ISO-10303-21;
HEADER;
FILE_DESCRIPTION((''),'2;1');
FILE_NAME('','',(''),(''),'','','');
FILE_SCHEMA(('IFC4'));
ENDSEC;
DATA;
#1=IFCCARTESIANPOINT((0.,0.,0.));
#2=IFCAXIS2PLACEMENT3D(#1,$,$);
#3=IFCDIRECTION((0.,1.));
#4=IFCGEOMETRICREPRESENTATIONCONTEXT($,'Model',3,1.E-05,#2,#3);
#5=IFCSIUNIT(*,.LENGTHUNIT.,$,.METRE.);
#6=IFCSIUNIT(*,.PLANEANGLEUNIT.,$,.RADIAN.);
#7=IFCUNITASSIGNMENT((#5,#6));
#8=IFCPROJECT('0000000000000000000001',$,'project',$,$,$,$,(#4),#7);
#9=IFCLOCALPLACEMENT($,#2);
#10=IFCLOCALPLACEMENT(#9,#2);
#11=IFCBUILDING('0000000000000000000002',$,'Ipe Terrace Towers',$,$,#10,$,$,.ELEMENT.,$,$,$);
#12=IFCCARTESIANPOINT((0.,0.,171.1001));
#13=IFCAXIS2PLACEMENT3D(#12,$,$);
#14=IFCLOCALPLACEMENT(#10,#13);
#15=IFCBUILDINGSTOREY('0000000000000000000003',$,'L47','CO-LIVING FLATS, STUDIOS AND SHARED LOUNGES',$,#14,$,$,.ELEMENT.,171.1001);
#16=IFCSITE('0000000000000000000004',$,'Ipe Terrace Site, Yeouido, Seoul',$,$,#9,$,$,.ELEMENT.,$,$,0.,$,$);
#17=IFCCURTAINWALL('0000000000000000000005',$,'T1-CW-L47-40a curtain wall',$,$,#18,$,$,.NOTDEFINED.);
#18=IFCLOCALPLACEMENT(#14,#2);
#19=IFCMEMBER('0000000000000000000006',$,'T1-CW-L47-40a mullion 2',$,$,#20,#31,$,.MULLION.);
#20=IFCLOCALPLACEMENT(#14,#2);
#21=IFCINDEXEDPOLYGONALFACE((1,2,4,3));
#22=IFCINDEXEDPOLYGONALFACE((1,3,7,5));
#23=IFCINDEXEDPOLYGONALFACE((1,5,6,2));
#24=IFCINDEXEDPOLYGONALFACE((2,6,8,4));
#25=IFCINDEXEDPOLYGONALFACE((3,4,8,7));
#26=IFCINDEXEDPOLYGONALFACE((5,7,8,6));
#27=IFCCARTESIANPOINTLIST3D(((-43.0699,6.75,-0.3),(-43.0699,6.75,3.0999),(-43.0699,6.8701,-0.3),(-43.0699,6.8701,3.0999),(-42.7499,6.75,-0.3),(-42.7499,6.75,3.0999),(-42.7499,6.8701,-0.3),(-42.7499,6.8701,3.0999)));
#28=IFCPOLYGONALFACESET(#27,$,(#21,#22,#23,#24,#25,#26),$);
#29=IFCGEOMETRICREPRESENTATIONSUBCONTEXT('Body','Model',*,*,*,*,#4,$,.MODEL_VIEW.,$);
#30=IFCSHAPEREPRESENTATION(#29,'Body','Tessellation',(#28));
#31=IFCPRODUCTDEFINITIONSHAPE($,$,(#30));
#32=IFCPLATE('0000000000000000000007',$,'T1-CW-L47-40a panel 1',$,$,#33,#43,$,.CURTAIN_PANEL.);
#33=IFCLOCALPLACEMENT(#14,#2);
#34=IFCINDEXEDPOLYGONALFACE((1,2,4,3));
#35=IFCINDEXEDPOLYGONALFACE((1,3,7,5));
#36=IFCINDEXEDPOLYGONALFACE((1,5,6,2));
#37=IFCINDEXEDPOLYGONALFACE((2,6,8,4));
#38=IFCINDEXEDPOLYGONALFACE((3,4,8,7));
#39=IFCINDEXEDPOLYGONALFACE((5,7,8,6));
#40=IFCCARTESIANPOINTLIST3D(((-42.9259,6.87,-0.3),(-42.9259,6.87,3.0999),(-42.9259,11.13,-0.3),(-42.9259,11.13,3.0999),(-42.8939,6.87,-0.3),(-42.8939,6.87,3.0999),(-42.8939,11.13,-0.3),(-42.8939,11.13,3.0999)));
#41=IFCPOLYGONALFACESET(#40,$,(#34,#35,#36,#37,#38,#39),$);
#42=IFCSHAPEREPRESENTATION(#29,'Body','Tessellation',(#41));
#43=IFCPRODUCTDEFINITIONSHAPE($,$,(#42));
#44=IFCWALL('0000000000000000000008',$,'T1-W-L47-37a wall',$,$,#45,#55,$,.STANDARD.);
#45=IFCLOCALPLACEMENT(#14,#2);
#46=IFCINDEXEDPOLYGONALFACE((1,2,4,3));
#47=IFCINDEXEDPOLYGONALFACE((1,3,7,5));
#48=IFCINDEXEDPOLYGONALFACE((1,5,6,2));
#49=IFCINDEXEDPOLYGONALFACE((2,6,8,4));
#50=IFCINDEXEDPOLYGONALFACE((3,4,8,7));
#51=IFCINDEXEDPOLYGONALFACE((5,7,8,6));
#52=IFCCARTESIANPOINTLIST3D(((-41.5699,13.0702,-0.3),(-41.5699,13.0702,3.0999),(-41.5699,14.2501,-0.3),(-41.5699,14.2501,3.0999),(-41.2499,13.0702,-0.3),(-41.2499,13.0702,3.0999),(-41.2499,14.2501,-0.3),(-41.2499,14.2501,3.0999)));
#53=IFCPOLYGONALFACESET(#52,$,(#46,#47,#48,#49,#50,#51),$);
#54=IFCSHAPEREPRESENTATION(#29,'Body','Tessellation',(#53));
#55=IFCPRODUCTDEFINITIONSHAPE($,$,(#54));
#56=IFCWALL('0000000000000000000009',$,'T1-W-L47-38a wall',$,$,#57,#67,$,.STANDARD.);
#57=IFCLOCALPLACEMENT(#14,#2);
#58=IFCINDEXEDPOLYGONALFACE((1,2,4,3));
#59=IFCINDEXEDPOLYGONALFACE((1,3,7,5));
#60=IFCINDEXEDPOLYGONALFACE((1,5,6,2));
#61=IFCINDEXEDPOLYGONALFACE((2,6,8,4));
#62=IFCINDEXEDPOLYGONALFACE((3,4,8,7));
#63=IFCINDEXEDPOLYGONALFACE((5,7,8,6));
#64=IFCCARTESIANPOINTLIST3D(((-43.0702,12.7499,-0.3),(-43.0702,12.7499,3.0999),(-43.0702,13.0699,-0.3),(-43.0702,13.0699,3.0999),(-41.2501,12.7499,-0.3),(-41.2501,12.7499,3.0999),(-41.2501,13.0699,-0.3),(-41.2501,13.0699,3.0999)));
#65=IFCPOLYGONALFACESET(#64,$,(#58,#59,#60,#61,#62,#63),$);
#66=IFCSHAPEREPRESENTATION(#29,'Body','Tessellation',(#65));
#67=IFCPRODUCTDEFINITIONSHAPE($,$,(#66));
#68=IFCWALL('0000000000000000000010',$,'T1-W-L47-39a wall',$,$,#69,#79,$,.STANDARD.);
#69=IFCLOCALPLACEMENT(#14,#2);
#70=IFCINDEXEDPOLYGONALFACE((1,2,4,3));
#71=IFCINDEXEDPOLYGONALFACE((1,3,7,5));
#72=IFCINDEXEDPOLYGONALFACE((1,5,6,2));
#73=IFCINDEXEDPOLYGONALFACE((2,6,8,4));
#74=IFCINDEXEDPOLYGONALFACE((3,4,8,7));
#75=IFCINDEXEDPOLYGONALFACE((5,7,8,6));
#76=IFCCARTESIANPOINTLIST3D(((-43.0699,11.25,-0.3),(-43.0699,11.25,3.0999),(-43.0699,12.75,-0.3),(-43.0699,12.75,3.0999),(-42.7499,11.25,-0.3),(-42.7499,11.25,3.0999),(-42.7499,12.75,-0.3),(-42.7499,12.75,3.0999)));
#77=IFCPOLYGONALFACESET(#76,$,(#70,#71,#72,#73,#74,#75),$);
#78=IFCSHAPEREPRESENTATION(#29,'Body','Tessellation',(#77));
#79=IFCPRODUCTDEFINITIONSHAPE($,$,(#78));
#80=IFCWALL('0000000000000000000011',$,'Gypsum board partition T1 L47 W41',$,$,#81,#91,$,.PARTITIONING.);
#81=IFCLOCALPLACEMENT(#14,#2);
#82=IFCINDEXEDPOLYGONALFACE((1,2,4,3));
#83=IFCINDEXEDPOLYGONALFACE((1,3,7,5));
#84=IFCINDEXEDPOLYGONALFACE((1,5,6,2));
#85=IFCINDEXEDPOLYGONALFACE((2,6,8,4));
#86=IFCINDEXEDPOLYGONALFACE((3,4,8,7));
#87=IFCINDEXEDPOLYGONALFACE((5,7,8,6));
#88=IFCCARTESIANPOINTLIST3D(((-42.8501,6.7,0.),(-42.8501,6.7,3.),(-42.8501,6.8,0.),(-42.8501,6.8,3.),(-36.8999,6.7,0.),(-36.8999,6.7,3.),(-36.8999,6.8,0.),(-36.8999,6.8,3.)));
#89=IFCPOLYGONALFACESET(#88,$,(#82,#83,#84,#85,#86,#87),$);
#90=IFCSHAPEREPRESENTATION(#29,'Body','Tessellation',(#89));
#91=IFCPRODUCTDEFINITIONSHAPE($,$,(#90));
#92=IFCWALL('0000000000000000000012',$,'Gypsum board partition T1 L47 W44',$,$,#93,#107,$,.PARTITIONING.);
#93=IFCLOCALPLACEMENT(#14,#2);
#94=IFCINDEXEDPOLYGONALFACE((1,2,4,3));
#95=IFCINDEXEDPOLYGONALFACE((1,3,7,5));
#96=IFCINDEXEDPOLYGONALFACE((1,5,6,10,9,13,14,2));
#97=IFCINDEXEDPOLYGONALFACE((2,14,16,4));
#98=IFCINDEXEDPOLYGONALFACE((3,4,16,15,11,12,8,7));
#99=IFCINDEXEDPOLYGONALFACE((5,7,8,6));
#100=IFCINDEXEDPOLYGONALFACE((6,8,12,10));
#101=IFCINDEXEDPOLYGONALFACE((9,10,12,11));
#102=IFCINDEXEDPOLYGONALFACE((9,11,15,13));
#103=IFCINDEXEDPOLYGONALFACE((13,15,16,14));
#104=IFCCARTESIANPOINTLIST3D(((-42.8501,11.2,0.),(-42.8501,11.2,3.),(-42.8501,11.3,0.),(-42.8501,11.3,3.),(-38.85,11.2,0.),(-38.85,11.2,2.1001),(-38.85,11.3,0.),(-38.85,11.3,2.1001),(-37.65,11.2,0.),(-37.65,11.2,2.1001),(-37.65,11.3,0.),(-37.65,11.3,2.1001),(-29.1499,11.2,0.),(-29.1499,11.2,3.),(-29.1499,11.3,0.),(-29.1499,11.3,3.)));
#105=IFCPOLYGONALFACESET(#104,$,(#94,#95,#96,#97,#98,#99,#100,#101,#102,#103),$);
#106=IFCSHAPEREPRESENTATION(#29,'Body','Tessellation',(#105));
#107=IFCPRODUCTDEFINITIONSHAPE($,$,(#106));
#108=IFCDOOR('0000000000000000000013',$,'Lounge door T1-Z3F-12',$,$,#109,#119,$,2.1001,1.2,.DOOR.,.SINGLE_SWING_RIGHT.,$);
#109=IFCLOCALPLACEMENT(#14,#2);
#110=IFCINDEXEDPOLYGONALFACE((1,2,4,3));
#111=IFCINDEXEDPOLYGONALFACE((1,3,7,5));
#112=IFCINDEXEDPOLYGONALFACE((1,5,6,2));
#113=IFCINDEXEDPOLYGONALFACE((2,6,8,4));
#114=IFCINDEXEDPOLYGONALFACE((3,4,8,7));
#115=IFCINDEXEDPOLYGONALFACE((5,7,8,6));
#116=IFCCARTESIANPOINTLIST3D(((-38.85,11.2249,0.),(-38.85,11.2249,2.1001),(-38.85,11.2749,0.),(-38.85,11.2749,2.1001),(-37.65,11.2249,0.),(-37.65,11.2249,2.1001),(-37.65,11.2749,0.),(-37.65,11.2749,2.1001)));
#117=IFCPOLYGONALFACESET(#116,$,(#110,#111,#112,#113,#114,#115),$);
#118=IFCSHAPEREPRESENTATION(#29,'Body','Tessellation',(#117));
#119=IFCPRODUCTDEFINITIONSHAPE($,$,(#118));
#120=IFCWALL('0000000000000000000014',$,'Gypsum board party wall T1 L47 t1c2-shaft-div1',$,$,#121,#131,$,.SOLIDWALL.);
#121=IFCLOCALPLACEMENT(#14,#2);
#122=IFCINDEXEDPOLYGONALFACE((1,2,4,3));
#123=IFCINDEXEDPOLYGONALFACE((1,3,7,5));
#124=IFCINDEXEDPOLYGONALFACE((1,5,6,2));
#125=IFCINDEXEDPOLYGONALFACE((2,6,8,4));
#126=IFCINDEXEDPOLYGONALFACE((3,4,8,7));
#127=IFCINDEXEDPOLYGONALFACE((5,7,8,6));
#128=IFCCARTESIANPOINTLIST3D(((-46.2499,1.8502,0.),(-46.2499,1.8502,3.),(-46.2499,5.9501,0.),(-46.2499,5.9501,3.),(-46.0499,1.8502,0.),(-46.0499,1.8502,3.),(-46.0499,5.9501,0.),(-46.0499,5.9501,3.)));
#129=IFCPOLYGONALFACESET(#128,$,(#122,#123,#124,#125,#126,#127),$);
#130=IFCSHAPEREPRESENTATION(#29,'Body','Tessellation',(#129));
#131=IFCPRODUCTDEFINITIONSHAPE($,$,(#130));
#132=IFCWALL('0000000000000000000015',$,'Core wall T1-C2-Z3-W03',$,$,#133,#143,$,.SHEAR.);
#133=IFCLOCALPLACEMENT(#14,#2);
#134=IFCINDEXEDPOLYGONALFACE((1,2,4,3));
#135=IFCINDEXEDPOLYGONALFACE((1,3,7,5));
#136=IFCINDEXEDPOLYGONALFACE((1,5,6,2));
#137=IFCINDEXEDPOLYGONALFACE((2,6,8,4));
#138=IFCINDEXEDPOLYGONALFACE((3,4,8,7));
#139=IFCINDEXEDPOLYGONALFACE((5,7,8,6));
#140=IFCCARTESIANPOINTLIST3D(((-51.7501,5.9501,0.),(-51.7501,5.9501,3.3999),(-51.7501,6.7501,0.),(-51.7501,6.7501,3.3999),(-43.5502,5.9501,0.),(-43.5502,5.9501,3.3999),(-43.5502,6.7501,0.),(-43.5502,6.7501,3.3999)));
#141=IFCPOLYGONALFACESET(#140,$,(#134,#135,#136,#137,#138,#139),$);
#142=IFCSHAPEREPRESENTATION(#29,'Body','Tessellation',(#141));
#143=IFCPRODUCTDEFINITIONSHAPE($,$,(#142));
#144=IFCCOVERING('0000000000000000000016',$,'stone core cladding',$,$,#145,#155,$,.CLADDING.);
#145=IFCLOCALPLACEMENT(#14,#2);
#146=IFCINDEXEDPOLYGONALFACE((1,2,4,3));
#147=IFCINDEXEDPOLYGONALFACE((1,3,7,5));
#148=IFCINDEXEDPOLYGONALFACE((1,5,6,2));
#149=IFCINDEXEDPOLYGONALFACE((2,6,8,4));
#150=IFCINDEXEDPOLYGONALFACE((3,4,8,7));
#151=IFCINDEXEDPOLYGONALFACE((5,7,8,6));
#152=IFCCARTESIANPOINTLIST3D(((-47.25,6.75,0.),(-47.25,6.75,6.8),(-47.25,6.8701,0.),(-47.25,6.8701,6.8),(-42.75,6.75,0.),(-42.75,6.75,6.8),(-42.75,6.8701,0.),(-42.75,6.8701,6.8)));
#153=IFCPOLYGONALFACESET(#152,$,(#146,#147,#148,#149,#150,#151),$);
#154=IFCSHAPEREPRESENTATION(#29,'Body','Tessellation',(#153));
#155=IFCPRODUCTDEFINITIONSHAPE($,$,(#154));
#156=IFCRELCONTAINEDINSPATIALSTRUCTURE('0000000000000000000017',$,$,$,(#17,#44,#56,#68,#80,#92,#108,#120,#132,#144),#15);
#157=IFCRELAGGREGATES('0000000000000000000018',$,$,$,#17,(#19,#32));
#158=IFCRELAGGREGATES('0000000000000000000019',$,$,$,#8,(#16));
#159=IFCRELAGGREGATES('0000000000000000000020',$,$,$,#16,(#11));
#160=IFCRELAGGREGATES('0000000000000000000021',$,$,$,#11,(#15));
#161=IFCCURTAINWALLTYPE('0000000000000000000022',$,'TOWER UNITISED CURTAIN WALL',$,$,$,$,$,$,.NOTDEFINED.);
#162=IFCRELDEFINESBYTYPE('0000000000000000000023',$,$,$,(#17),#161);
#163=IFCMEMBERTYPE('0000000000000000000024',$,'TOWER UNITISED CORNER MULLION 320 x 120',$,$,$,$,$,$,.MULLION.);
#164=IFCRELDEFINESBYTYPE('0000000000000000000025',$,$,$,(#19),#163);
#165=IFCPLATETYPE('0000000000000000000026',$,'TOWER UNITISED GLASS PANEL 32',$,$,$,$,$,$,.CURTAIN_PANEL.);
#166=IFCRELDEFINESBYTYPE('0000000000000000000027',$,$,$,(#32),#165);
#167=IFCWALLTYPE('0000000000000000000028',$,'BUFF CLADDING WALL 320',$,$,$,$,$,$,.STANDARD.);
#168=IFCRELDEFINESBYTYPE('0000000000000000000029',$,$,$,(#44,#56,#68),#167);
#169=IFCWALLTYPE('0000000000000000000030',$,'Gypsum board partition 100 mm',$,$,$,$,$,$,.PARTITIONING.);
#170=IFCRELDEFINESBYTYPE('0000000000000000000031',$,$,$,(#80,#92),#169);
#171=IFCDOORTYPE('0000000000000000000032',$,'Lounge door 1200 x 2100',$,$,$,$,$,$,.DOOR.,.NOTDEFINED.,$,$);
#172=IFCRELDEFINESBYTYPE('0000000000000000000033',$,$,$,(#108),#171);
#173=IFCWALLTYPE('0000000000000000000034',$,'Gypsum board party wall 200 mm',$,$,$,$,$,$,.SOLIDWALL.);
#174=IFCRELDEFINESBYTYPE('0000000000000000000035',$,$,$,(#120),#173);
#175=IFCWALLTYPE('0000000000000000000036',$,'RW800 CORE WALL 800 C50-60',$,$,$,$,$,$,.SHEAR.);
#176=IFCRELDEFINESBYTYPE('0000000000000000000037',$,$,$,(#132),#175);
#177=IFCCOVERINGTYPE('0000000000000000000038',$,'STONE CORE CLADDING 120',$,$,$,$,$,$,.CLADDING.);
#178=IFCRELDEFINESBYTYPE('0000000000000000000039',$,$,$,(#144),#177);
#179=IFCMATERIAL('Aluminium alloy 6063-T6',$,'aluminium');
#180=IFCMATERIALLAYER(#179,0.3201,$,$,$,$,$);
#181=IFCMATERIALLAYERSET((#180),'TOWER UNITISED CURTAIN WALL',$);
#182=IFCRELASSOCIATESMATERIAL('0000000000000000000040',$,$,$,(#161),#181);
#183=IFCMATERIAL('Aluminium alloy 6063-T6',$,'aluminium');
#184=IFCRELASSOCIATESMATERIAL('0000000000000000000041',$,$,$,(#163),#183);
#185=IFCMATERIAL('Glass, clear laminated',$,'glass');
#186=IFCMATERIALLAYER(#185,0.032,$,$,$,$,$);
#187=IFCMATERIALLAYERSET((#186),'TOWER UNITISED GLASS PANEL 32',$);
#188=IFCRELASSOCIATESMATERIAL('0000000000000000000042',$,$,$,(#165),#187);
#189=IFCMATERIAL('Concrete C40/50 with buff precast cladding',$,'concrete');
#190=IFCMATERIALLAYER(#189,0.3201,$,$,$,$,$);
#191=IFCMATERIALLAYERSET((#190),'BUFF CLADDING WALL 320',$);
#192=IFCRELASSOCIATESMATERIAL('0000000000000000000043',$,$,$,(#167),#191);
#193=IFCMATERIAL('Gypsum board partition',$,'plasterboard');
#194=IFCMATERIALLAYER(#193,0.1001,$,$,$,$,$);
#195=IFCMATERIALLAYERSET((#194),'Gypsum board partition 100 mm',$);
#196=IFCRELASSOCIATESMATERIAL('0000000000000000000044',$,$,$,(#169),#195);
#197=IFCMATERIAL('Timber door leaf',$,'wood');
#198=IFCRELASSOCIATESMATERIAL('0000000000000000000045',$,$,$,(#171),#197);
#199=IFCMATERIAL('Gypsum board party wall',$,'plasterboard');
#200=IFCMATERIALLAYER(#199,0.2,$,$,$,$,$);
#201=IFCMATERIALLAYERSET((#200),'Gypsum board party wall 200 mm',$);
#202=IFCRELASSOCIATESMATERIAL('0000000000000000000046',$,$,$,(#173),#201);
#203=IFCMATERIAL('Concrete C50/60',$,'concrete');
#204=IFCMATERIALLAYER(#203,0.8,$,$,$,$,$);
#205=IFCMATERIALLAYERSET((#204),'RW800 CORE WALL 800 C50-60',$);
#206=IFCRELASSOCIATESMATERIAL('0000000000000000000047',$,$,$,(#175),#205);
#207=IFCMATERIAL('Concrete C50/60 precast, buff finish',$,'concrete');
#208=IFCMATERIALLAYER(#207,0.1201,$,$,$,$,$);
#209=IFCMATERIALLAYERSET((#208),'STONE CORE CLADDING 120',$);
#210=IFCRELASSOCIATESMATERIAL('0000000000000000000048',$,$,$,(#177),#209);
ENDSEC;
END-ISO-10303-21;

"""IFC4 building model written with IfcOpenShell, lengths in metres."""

from ifc_helpers import new_model, si_unit, direction, frame, frame_2d, origin, origin_2d, place, context, subcontext, project, spatial, rectangle, extrude, material, layer, layer_set, material_profile, profile_set, type_object, element, fill, aggregate, save


model = new_model("IFC4")

# Units and contexts
model_context = context("Model", 3, precision=1e-05, world=origin(), true_north=direction((0.0, 1.0)))
body_context = subcontext(model_context, "Body", "Model", "MODEL_VIEW")
ifc_project = project(units=[si_unit("LENGTHUNIT", "METRE"), si_unit("PLANEANGLEUNIT", "RADIAN")], contexts=[model_context])

# Site, building, storey
site_placement = place(None, origin())
site = spatial("IfcSite", under=ifc_project, at=site_placement, Name="Ipe Terrace Site, Yeouido, Seoul", CompositionType="ELEMENT", RefElevation=0.0)
building_placement = place(site_placement, origin())
building = spatial("IfcBuilding", under=site, at=building_placement, Name="Ipe Terrace Towers", CompositionType="ELEMENT")
storey_placement = place(building_placement, frame((0.0, 0.0, 171.1001)))
storey = spatial("IfcBuildingStorey", under=building, at=storey_placement, Name="L47", Description="CO-LIVING FLATS, STUDIOS AND SHARED LOUNGES", CompositionType="ELEMENT", Elevation=171.1001)

# Curtain wall, member, plate
ifc_material_1 = material(Name="Aluminium alloy 6063-T6", Category="aluminium")
ifc_layer_1 = layer(ifc_material_1, 0.3201)
ifc_layer_set_1 = layer_set([ifc_layer_1], Name="TOWER UNITISED CURTAIN WALL")
curtain_wall_type = type_object("IfcCurtainWallType", Name="TOWER UNITISED CURTAIN WALL", PredefinedType="NOTDEFINED", material=ifc_layer_set_1)
curtain_wall_placement = place(storey_placement, origin())
curtain_wall = element("IfcCurtainWall", 1, at=curtain_wall_placement, inside=storey, type_object=curtain_wall_type, Name="T1-CW-L47-40a curtain wall", PredefinedType="NOTDEFINED")
ifc_material_2 = material(Name="Aluminium alloy 6063-T6", Category="aluminium")
ifc_material_profile_1 = material_profile(ifc_material_2, rectangle(XDim=0.3201, YDim=0.1201, at=origin_2d()), Name="TOWER UNITISED CORNER MULLION 320 x 120")
ifc_profile_set_1 = profile_set([ifc_material_profile_1], Name="Aluminium alloy 6063-T6")
member_type = type_object("IfcMemberType", Name="TOWER UNITISED CORNER MULLION 320 x 120", PredefinedType="MULLION", material=ifc_profile_set_1)
member_1_placement = place(storey_placement, frame((-42.9099, 6.8101, -0.3), z_axis=(0.0, 0.0, 1.0), x_axis=(-1.0, 0.0, 0.0)))
member_1 = element("IfcMember", 2, at=member_1_placement, type_object=member_type, Name="T1-CW-L47-40a mullion 2", PredefinedType="MULLION", context=body_context, shape_type="SweptSolid", body=[
    extrude(rectangle(XDim=0.3201, YDim=0.1201, at=origin_2d()), origin(), (0.0, 0.0, 1.0), 3.3999),
])
ifc_material_3 = material(Name="Glass, clear laminated", Category="glass")
ifc_layer_2 = layer(ifc_material_3, 0.032)
ifc_layer_set_2 = layer_set([ifc_layer_2], Name="TOWER UNITISED GLASS PANEL 32")
plate_type = type_object("IfcPlateType", Name="TOWER UNITISED GLASS PANEL 32", PredefinedType="CURTAIN_PANEL", material=ifc_layer_set_2)
plate_placement = place(storey_placement, frame((-42.9099, 9.0, -0.3), z_axis=(0.0, 0.0, 1.0), x_axis=(0.0, -1.0, 0.0)))
plate = element("IfcPlate", 3, at=plate_placement, type_object=plate_type, Name="T1-CW-L47-40a panel 1", PredefinedType="CURTAIN_PANEL", context=body_context, shape_type="SweptSolid", body=[
    extrude(rectangle(XDim=4.26, YDim=0.032, at=origin_2d()), origin(), (0.0, 0.0, 1.0), 3.3999),
])
aggregate(curtain_wall, [member_1, plate])

# Walls
ifc_material_4 = material(Name="Concrete C40/50 with buff precast cladding", Category="concrete")
ifc_layer_3 = layer(ifc_material_4, 0.3201)
ifc_layer_set_3 = layer_set([ifc_layer_3], Name="BUFF CLADDING WALL 320")
wall_type_1 = type_object("IfcWallType", Name="BUFF CLADDING WALL 320", PredefinedType="STANDARD", material=ifc_layer_set_3)
wall_1_placement = place(storey_placement, frame((-41.4099, 14.25, -0.3), z_axis=(0.0, 0.0, 1.0), x_axis=(0.0, -1.0, 0.0)))
element("IfcWall", 4, at=wall_1_placement, inside=storey, type_object=wall_type_1, Name="T1-W-L47-37a wall", PredefinedType="STANDARD", context=body_context, shape_type="SweptSolid", body=[
    extrude(rectangle(XDim=1.1799, YDim=0.3201, at=frame_2d((0.5898, 0.0))), origin(), (0.0, 0.0, 1.0), 3.3999),
])
wall_2_placement = place(storey_placement, frame((-41.25, 12.9099, -0.3), z_axis=(0.0, 0.0, 1.0), x_axis=(-1.0, 0.0, 0.0)))
element("IfcWall", 5, at=wall_2_placement, inside=storey, type_object=wall_type_1, Name="T1-W-L47-38a wall", PredefinedType="STANDARD", context=body_context, shape_type="SweptSolid", body=[
    extrude(rectangle(XDim=1.8201, YDim=0.3201, at=frame_2d((0.9102, 0.0))), origin(), (0.0, 0.0, 1.0), 3.3999),
])
wall_3_placement = place(storey_placement, frame((-42.9099, 12.75, -0.3), z_axis=(0.0, 0.0, 1.0), x_axis=(0.0, -1.0, 0.0)))
element("IfcWall", 6, at=wall_3_placement, inside=storey, type_object=wall_type_1, Name="T1-W-L47-39a wall", PredefinedType="STANDARD", context=body_context, shape_type="SweptSolid", body=[
    extrude(rectangle(XDim=1.5, YDim=0.3201, at=frame_2d((0.75, 0.0))), origin(), (0.0, 0.0, 1.0), 3.3999),
])
ifc_material_5 = material(Name="Gypsum board partition", Category="plasterboard")
ifc_layer_4 = layer(ifc_material_5, 0.1001)
ifc_layer_set_4 = layer_set([ifc_layer_4], Name="Gypsum board partition 100 mm")
wall_type_2 = type_object("IfcWallType", Name="Gypsum board partition 100 mm", PredefinedType="PARTITIONING", material=ifc_layer_set_4)
wall_4_placement = place(storey_placement, frame((-42.8501, 6.75, 0.0), z_axis=(0.0, 0.0, 1.0), x_axis=(1.0, 0.0, 0.0)))
element("IfcWall", 7, at=wall_4_placement, inside=storey, type_object=wall_type_2, Name="Gypsum board partition T1 L47 W41", PredefinedType="PARTITIONING", context=body_context, shape_type="SweptSolid", body=[
    extrude(rectangle(XDim=5.9502, YDim=0.1001, at=frame_2d((2.9751, 0.0))), origin(), (0.0, 0.0, 1.0), 3.0),
])

# Wall, opening, door
wall_5_placement = place(storey_placement, frame((-42.8501, 11.25, 0.0), z_axis=(0.0, 0.0, 1.0), x_axis=(1.0, 0.0, 0.0)))
wall_5 = element("IfcWall", 8, at=wall_5_placement, inside=storey, type_object=wall_type_2, Name="Gypsum board partition T1 L47 W44", PredefinedType="PARTITIONING", context=body_context, shape_type="SweptSolid", body=[
    extrude(rectangle(XDim=13.7002, YDim=0.1001, at=frame_2d((6.8501, 0.0))), origin(), (0.0, 0.0, 1.0), 3.0),
])
opening_placement = place(wall_5_placement, frame((4.0, 0.0, 0.0)))
opening = element("IfcOpeningElement", 9, at=opening_placement, cuts=wall_5, PredefinedType="OPENING", context=body_context, shape_type="SweptSolid", body=[
    extrude(rectangle(XDim=1.2, YDim=2.1001, at=frame_2d((0.6001, 1.05))), frame((0.0, 0.0601, 0.0), z_axis=(0.0, -1.0, 0.0), x_axis=(1.0, 0.0, 0.0)), (0.0, 0.0, 1.0), 0.1201),
])
ifc_material_6 = material(Name="Timber door leaf", Category="wood")
door_type = type_object("IfcDoorType", Name="Lounge door 1200 x 2100", OperationType="NOTDEFINED", PredefinedType="DOOR", material=ifc_material_6)
door_placement = place(opening_placement, origin())
door = element("IfcDoor", 10, at=door_placement, inside=storey, type_object=door_type, Name="Lounge door T1-Z3F-12", OperationType="SINGLE_SWING_RIGHT", OverallHeight=2.1001, OverallWidth=1.2, PredefinedType="DOOR", context=body_context, shape_type="SweptSolid", body=[
    extrude(rectangle(XDim=1.2, YDim=2.1001, at=frame_2d((0.6001, 1.05))), frame((0.0, 0.0249, 0.0), z_axis=(0.0, -1.0, 0.0), x_axis=(1.0, 0.0, 0.0)), (0.0, 0.0, 1.0), 0.05),
])
fill(opening, door)

# Walls
ifc_material_7 = material(Name="Gypsum board party wall", Category="plasterboard")
ifc_layer_5 = layer(ifc_material_7, 0.2)
ifc_layer_set_5 = layer_set([ifc_layer_5], Name="Gypsum board party wall 200 mm")
wall_type_3 = type_object("IfcWallType", Name="Gypsum board party wall 200 mm", PredefinedType="SOLIDWALL", material=ifc_layer_set_5)
wall_6_placement = place(storey_placement, frame((-46.1499, 5.95, 0.0), z_axis=(0.0, 0.0, 1.0), x_axis=(0.0, -1.0, 0.0)))
element("IfcWall", 11, at=wall_6_placement, inside=storey, type_object=wall_type_3, Name="Gypsum board party wall T1 L47 t1c2-shaft-div1", PredefinedType="SOLIDWALL", context=body_context, shape_type="SweptSolid", body=[
    extrude(rectangle(XDim=4.0999, YDim=0.2, at=frame_2d((2.0498, 0.0))), origin(), (0.0, 0.0, 1.0), 3.0),
])
ifc_material_8 = material(Name="Concrete C50/60", Category="concrete")
ifc_layer_6 = layer(ifc_material_8, 0.8)
ifc_layer_set_6 = layer_set([ifc_layer_6], Name="RW800 CORE WALL 800 C50-60")
wall_type_4 = type_object("IfcWallType", Name="RW800 CORE WALL 800 C50-60", PredefinedType="SHEAR", material=ifc_layer_set_6)
wall_7_placement = place(storey_placement, frame((-43.55, 6.3501, 0.0), z_axis=(0.0, 0.0, 1.0), x_axis=(-1.0, 0.0, 0.0)))
element("IfcWall", 12, at=wall_7_placement, inside=storey, type_object=wall_type_4, Name="Core wall T1-C2-Z3-W03", PredefinedType="SHEAR", context=body_context, shape_type="SweptSolid", body=[
    extrude(rectangle(XDim=8.2, YDim=0.8, at=frame_2d((4.1001, 0.0))), origin(), (0.0, 0.0, 1.0), 3.3999),
])

# Covering
ifc_material_9 = material(Name="Concrete C50/60 precast, buff finish", Category="concrete")
ifc_layer_7 = layer(ifc_material_9, 0.1201)
ifc_layer_set_7 = layer_set([ifc_layer_7], Name="STONE CORE CLADDING 120")
covering_type = type_object("IfcCoveringType", Name="STONE CORE CLADDING 120", PredefinedType="CLADDING", material=ifc_layer_set_7)
covering_placement = place(storey_placement, frame((-45.0, 6.8101, 0.0), z_axis=(0.0, 0.0, 1.0), x_axis=(-1.0, 0.0, 0.0)))
element("IfcCovering", 13, at=covering_placement, inside=storey, type_object=covering_type, Name="stone core cladding", PredefinedType="CLADDING", context=body_context, shape_type="SweptSolid", body=[
    extrude(rectangle(XDim=4.5, YDim=0.1201, at=origin_2d()), origin(), (0.0, 0.0, 1.0), 6.8),
])

save(model, "model.ifc")
